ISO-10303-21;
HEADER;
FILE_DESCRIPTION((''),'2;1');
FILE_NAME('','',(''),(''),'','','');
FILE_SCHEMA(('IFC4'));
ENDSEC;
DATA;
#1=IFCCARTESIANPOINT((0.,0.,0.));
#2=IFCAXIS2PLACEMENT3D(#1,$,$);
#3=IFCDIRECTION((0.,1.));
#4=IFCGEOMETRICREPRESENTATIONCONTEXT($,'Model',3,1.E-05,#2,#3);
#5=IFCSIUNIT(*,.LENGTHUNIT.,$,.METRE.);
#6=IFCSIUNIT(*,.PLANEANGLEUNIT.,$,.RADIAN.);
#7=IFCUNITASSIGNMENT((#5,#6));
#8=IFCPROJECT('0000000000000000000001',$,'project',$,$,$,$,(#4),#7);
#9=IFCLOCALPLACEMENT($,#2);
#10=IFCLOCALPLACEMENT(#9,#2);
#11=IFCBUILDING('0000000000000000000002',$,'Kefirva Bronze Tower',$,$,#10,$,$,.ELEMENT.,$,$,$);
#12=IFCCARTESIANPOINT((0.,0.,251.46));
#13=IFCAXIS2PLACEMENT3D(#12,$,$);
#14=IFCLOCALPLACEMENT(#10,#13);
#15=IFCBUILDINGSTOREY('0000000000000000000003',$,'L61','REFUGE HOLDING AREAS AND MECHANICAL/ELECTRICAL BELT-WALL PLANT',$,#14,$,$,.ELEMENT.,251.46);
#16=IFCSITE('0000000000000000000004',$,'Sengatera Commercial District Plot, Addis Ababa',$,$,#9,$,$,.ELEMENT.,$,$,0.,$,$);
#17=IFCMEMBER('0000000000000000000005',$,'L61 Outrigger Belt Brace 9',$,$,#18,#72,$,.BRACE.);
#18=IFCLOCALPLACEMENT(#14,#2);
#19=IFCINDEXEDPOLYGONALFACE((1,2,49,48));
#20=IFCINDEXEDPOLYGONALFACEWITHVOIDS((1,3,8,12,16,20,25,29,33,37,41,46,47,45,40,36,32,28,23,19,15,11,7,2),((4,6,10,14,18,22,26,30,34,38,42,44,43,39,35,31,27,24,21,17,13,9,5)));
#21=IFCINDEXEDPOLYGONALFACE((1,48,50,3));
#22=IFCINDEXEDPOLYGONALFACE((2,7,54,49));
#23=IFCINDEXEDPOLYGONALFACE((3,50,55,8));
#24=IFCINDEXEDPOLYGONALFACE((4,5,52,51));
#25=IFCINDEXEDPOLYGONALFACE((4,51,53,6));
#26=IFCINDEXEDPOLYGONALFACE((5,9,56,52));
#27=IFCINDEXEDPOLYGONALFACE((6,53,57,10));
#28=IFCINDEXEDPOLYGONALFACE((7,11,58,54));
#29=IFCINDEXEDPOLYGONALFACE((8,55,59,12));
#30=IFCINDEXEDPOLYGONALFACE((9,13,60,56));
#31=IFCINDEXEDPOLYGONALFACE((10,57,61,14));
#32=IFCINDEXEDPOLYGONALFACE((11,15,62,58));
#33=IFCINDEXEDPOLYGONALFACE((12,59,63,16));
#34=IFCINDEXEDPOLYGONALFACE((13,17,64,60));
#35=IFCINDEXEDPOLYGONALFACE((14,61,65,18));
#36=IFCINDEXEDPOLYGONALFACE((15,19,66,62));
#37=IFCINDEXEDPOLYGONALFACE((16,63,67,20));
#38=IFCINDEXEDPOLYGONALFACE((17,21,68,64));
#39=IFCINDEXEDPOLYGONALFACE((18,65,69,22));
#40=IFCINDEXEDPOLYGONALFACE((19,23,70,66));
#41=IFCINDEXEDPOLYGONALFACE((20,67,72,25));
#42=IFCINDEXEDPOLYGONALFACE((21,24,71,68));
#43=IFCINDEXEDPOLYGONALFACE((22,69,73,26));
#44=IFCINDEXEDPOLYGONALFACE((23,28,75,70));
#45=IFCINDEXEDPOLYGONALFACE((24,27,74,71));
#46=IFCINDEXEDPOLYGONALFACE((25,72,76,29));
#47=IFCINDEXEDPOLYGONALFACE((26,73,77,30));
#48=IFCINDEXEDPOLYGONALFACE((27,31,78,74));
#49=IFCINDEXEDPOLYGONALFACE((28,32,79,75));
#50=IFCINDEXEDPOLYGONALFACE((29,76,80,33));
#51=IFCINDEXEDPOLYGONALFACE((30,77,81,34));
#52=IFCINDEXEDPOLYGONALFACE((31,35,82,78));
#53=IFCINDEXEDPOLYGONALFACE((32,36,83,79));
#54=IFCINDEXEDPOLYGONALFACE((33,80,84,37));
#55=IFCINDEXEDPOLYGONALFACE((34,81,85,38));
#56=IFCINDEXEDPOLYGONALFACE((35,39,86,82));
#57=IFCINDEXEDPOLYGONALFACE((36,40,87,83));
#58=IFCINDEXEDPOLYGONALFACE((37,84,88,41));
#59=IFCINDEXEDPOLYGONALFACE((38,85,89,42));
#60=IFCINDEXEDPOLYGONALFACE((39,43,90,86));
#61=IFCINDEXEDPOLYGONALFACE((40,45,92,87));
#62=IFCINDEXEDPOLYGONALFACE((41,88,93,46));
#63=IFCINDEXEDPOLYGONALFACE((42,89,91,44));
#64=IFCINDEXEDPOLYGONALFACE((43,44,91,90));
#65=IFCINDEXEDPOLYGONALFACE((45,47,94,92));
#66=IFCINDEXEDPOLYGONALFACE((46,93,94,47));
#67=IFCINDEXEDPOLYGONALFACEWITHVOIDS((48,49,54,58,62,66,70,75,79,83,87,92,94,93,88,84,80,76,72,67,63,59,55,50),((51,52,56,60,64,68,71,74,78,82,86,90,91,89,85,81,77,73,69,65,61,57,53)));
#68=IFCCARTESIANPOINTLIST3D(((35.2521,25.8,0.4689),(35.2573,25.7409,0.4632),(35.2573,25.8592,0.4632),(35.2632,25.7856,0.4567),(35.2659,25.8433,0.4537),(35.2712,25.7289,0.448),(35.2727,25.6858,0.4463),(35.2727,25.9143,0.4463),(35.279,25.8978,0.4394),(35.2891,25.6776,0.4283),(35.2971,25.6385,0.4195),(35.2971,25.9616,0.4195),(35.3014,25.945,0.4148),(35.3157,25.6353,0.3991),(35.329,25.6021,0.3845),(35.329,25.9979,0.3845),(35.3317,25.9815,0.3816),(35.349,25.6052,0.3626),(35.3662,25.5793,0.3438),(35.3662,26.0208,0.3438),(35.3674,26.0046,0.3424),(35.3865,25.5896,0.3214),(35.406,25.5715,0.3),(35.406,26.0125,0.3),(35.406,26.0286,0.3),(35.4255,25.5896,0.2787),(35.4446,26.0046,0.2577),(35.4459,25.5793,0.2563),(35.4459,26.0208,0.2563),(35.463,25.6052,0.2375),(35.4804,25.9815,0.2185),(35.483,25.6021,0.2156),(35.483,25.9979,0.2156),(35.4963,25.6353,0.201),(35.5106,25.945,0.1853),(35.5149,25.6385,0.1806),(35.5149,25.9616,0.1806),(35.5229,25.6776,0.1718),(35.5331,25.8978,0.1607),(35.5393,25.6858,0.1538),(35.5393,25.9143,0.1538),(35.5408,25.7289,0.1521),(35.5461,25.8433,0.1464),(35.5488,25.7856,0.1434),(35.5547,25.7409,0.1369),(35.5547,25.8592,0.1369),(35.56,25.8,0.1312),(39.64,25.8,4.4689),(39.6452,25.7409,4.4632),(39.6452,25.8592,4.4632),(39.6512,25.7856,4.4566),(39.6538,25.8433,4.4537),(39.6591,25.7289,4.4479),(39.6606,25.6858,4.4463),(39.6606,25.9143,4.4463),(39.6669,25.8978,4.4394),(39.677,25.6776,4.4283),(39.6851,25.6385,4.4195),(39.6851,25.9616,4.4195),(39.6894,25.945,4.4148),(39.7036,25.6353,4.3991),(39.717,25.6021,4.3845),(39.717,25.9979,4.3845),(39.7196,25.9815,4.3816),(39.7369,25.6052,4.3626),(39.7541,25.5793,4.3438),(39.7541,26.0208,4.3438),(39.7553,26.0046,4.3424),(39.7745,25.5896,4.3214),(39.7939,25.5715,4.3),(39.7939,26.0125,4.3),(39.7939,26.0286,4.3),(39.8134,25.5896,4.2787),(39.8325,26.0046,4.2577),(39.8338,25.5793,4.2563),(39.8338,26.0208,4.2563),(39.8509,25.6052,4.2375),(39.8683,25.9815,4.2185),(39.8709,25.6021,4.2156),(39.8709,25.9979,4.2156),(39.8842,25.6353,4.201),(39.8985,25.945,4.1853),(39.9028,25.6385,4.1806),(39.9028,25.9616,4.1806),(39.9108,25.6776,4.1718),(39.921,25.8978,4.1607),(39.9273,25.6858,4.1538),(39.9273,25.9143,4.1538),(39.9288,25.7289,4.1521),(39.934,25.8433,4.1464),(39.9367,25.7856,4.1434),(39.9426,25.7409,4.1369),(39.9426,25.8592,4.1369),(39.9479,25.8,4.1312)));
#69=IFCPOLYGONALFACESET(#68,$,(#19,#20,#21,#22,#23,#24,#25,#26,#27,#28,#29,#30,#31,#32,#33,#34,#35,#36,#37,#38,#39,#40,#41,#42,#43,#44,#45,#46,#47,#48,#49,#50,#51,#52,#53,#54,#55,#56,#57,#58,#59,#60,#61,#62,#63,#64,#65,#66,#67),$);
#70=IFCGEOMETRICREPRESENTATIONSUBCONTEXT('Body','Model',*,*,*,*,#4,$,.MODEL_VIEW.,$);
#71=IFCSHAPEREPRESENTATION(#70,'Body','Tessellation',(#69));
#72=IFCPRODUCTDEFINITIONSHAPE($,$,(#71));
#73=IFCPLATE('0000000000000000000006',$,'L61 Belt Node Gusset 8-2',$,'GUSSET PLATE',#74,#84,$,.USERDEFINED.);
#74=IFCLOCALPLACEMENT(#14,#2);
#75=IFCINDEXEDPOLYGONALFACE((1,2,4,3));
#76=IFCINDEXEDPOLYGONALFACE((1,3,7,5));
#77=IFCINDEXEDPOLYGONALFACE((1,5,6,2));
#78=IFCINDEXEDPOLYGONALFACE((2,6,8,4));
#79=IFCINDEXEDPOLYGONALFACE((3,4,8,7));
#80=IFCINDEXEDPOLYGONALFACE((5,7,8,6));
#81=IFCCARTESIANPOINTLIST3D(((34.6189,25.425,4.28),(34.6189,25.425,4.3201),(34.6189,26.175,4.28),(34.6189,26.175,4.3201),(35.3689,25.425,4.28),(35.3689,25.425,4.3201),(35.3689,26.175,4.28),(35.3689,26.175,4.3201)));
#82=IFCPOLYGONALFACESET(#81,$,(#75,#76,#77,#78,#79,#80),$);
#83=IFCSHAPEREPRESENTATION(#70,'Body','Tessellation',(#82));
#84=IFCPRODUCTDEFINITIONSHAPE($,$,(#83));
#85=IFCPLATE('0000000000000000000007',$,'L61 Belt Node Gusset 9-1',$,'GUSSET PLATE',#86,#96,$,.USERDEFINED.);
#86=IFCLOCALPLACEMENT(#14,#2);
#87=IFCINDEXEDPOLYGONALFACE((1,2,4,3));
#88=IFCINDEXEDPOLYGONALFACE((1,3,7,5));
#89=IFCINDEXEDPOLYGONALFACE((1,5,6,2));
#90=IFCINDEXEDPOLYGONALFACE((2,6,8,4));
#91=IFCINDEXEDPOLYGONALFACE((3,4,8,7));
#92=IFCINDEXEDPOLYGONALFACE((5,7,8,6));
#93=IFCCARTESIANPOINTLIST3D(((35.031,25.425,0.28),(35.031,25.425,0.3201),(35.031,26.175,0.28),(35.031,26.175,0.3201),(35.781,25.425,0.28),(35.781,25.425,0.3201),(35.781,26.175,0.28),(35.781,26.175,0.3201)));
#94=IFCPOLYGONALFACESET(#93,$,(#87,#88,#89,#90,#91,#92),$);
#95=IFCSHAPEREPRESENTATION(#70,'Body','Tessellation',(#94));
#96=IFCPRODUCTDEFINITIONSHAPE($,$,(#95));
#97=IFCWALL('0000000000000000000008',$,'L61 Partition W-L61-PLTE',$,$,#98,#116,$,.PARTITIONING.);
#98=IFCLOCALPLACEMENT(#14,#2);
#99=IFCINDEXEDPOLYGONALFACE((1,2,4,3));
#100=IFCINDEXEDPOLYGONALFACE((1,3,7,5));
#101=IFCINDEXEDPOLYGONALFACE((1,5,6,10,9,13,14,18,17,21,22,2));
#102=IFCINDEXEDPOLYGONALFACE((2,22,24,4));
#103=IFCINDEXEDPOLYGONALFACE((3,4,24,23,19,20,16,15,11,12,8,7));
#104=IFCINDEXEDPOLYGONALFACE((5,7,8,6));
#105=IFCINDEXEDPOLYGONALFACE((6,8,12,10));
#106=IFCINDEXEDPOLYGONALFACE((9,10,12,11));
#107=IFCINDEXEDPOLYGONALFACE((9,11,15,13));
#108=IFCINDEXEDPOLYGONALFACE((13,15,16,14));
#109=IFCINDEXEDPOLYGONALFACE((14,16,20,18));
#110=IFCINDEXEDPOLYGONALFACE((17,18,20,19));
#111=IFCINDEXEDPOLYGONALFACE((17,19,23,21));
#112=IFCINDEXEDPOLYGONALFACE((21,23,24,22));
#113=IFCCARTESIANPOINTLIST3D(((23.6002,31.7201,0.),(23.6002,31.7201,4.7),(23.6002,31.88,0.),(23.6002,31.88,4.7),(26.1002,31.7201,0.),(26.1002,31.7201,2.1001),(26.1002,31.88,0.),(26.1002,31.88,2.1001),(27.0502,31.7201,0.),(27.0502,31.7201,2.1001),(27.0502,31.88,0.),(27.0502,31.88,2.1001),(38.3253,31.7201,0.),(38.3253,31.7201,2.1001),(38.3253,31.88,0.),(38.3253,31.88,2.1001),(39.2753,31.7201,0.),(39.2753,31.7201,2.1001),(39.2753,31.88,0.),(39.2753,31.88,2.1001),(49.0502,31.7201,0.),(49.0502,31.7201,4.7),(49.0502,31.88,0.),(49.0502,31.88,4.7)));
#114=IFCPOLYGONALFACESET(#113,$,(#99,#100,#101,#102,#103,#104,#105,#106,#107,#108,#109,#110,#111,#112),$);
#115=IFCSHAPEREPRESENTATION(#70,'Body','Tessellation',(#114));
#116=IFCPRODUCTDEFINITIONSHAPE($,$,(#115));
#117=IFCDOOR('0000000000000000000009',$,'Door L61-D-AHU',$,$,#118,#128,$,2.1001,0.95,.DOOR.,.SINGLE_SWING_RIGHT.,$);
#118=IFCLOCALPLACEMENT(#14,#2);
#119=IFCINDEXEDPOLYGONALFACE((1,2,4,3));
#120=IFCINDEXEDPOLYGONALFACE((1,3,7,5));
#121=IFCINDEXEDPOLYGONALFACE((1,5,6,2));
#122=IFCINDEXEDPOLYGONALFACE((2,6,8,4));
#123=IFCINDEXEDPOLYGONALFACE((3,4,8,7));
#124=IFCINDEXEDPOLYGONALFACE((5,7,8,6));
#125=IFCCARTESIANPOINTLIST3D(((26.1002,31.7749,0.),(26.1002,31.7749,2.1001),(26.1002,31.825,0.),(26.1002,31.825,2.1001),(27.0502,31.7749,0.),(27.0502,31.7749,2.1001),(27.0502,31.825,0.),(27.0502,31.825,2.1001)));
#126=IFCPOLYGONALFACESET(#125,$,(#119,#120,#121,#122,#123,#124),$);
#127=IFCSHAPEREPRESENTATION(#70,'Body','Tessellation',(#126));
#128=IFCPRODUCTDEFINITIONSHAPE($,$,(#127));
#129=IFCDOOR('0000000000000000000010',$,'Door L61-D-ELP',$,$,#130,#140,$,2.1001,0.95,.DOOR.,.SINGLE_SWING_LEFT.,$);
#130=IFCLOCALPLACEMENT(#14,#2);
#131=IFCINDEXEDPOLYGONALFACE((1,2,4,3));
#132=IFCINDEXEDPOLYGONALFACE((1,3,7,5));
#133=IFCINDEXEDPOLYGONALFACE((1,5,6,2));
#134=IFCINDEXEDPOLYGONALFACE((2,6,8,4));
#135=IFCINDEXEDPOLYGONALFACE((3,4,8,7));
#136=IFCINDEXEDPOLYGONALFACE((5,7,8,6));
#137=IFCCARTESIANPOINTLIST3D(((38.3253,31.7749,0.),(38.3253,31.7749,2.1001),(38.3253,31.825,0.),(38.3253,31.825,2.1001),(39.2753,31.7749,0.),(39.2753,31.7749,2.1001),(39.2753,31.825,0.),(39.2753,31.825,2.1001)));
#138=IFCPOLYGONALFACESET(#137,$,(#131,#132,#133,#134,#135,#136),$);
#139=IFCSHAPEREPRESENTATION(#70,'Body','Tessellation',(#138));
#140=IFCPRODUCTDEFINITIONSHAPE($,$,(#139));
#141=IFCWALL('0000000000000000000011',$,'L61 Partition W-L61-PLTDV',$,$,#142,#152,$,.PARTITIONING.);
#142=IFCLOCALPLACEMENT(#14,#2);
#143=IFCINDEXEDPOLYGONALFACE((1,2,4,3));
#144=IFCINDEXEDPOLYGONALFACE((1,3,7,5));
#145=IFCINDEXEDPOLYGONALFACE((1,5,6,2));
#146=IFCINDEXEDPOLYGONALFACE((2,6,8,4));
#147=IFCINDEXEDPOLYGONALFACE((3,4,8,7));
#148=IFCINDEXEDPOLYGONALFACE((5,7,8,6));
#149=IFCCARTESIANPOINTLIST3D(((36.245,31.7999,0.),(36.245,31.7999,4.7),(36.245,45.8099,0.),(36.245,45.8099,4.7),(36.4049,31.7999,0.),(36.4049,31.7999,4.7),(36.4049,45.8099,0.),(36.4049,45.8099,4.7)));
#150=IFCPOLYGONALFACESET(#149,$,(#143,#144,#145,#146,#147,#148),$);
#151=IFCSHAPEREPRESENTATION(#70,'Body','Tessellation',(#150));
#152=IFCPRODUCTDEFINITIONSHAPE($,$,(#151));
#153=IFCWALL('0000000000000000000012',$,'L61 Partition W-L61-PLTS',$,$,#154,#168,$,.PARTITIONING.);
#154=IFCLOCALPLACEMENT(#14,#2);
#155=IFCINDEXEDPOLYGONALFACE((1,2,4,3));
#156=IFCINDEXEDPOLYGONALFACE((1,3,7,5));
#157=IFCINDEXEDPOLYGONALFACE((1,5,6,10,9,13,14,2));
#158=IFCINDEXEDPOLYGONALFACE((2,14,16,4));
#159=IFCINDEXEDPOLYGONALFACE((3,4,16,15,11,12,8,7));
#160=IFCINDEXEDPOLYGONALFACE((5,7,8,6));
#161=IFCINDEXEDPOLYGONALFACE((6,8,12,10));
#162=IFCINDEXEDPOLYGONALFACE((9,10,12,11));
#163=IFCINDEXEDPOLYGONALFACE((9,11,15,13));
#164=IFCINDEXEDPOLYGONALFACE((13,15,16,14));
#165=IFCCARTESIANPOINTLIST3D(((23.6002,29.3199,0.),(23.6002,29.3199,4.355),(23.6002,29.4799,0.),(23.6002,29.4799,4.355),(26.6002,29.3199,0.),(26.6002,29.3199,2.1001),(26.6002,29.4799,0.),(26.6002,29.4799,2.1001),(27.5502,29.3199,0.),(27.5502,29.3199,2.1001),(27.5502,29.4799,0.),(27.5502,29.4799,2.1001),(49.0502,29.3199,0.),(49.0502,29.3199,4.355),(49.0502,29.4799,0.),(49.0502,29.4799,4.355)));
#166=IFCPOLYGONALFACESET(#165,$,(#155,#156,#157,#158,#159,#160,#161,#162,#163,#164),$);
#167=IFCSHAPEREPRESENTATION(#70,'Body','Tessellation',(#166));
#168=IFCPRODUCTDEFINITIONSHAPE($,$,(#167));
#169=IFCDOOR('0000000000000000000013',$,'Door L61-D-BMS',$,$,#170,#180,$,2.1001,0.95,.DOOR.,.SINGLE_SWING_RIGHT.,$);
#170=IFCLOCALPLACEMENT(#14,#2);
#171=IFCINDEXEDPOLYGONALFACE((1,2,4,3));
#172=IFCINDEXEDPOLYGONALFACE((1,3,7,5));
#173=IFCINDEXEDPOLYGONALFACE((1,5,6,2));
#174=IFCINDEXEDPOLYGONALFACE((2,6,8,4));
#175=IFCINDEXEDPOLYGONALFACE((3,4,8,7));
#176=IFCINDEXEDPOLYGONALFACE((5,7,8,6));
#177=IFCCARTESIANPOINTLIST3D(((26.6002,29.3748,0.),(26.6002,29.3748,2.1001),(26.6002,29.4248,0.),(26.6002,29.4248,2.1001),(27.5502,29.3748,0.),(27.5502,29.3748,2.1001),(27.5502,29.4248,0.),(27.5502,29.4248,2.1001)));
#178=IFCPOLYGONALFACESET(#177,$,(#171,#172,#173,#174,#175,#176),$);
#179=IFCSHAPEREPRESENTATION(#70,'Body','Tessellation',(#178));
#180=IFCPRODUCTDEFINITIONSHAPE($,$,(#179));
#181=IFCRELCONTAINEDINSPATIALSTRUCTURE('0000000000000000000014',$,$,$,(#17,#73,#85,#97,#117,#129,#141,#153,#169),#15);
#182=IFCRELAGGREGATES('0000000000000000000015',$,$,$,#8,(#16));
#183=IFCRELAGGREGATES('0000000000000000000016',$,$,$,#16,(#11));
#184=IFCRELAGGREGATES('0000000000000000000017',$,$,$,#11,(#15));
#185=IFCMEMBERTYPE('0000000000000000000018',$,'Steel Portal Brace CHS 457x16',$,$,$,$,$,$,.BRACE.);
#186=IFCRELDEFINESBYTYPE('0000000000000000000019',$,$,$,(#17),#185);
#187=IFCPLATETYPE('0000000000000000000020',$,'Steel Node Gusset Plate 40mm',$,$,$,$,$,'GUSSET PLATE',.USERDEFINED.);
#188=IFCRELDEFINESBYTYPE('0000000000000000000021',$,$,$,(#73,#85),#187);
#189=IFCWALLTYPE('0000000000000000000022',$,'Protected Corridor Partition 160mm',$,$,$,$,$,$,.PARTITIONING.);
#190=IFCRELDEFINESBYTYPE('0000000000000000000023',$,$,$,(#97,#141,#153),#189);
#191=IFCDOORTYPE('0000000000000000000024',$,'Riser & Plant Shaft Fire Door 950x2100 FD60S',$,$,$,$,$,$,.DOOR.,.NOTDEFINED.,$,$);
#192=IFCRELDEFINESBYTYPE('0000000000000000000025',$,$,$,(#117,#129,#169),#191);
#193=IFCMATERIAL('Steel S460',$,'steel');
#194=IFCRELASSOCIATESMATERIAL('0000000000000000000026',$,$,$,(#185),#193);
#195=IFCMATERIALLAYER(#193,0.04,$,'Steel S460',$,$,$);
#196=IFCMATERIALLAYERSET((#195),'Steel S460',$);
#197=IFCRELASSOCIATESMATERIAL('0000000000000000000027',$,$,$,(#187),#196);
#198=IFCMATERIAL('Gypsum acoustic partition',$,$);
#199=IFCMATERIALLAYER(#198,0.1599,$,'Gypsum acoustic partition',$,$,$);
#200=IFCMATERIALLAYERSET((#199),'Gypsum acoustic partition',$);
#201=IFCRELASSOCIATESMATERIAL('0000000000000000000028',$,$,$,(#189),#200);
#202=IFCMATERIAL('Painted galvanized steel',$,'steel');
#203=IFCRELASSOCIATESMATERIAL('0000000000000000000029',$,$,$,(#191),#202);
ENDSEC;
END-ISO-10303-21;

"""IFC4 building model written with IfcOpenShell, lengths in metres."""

from ifc_helpers import new_model, si_unit, direction, frame, frame_2d, origin, origin_2d, place, context, subcontext, project, spatial, rectangle, hollow_circle, extrude, material, layer, layer_set, material_profile, profile_set, type_object, element, fill, save


model = new_model("IFC4")

# Units and contexts
model_context = context("Model", 3, precision=1e-05, world=origin(), true_north=direction((0.0, 1.0)))
body_context = subcontext(model_context, "Body", "Model", "MODEL_VIEW")
ifc_project = project(units=[si_unit("LENGTHUNIT", "METRE"), si_unit("PLANEANGLEUNIT", "RADIAN")], contexts=[model_context])

# Site, building, storey
site_placement = place(None, origin())
site = spatial("IfcSite", under=ifc_project, at=site_placement, Name="Sengatera Commercial District Plot, Addis Ababa", CompositionType="ELEMENT", RefElevation=0.0)
building_placement = place(site_placement, origin())
building = spatial("IfcBuilding", under=site, at=building_placement, Name="Kefirva Bronze Tower", CompositionType="ELEMENT")
storey_placement = place(building_placement, frame((0.0, 0.0, 251.46)))
storey = spatial("IfcBuildingStorey", under=building, at=storey_placement, Name="L61", Description="REFUGE HOLDING AREAS AND MECHANICAL/ELECTRICAL BELT-WALL PLANT", CompositionType="ELEMENT", Elevation=251.46)

# Shared definitions
ifc_material_1 = material(Name="Steel S460", Category="steel")

# Member
ifc_material_profile_1 = material_profile(ifc_material_1, hollow_circle(Radius=0.2285, WallThickness=0.0161, at=origin_2d()), Name="CHS 457x16")
ifc_profile_set_1 = profile_set([ifc_material_profile_1], Name="Steel S460")
member_type = type_object("IfcMemberType", Name="Steel Portal Brace CHS 457x16", PredefinedType="BRACE", material=ifc_profile_set_1)
member_placement = place(storey_placement, frame((35.406, 25.8, 0.3), z_axis=(0.73902, 0.0, 0.673683), x_axis=(0.0, 1.0, 0.0)))
element("IfcMember", 1, at=member_placement, inside=storey, type_object=member_type, Name="L61 Outrigger Belt Brace 9", PredefinedType="BRACE", context=body_context, shape_type="SweptSolid", body=[
    extrude(hollow_circle(Radius=0.2285, WallThickness=0.0161, at=origin_2d()), origin(), (0.0, 0.0, 1.0), 5.9375),
])

# Plates
ifc_layer_1 = layer(ifc_material_1, 0.04, Name="Steel S460")
ifc_layer_set_1 = layer_set([ifc_layer_1], Name="Steel S460")
plate_type = type_object("IfcPlateType", Name="Steel Node Gusset Plate 40mm", ElementType="GUSSET PLATE", PredefinedType="USERDEFINED", material=ifc_layer_set_1)
for number, where, z_axis, x_axis, name in (
    (2, (34.9939, 25.8, 4.28), (0.0, 0.0, 1.0), (1.0, 0.0, 0.0), "L61 Belt Node Gusset 8-2"),
    (3, (35.406, 25.8, 0.28), (0.0, 0.0, 1.0), (1.0, 0.0, 0.0), "L61 Belt Node Gusset 9-1"),
):
    element("IfcPlate", number, at=place(storey_placement, frame(where, z_axis=z_axis, x_axis=x_axis)), inside=storey, type_object=plate_type, Name=name, ObjectType="GUSSET PLATE", PredefinedType="USERDEFINED", context=body_context, shape_type="SweptSolid", body=[
        extrude(rectangle(XDim=0.75, YDim=0.75, at=origin_2d()), origin(), (0.0, 0.0, 1.0), 0.04),
    ])

# Wall, openings, doors
ifc_material_2 = material(Name="Gypsum acoustic partition")
ifc_layer_2 = layer(ifc_material_2, 0.1599, Name="Gypsum acoustic partition")
ifc_layer_set_2 = layer_set([ifc_layer_2], Name="Gypsum acoustic partition")
wall_type_1 = type_object("IfcWallType", Name="Protected Corridor Partition 160mm", PredefinedType="PARTITIONING", material=ifc_layer_set_2)
wall_1_placement = place(storey_placement, frame((23.6001, 31.8, 0.0), z_axis=(0.0, 0.0, 1.0), x_axis=(1.0, 0.0, 0.0)))
wall_1 = element("IfcWall", 4, at=wall_1_placement, inside=storey, type_object=wall_type_1, Name="L61 Partition W-L61-PLTE", PredefinedType="PARTITIONING", context=body_context, shape_type="SweptSolid", body=[
    extrude(rectangle(XDim=25.45, YDim=0.1599, at=frame_2d((12.7251, 0.0))), origin(), (0.0, 0.0, 1.0), 4.7),
])
opening_1_placement = place(wall_1_placement, frame((2.5, 0.0, 0.0)))
opening_1 = element("IfcOpeningElement", 5, at=opening_1_placement, cuts=wall_1, PredefinedType="OPENING", context=body_context, shape_type="SweptSolid", body=[
    extrude(rectangle(XDim=0.95, YDim=2.1001, at=frame_2d((0.4751, 1.05))), frame((0.0, 0.0898, 0.0), z_axis=(0.0, -1.0, 0.0), x_axis=(1.0, 0.0, 0.0)), (0.0, 0.0, 1.0), 0.1799),
])
opening_2_placement = place(wall_1_placement, frame((14.7251, 0.0, 0.0)))
opening_2 = element("IfcOpeningElement", 6, at=opening_2_placement, cuts=wall_1, PredefinedType="OPENING", context=body_context, shape_type="SweptSolid", body=[
    extrude(rectangle(XDim=0.95, YDim=2.1001, at=frame_2d((0.4751, 1.05))), frame((0.0, 0.0898, 0.0), z_axis=(0.0, -1.0, 0.0), x_axis=(1.0, 0.0, 0.0)), (0.0, 0.0, 1.0), 0.1799),
])
ifc_material_3 = material(Name="Painted galvanized steel", Category="steel")
door_type = type_object("IfcDoorType", Name="Riser & Plant Shaft Fire Door 950x2100 FD60S", OperationType="NOTDEFINED", PredefinedType="DOOR", material=ifc_material_3)
door_1_placement = place(opening_1_placement, origin())
door_1 = element("IfcDoor", 7, at=door_1_placement, inside=storey, type_object=door_type, Name="Door L61-D-AHU", OperationType="SINGLE_SWING_RIGHT", OverallHeight=2.1001, OverallWidth=0.95, PredefinedType="DOOR", context=body_context, shape_type="SweptSolid", body=[
    extrude(rectangle(XDim=0.95, YDim=2.1001, at=frame_2d((0.4751, 1.05))), frame((0.0, 0.0249, 0.0), z_axis=(0.0, -1.0, 0.0), x_axis=(1.0, 0.0, 0.0)), (0.0, 0.0, 1.0), 0.05),
])
fill(opening_1, door_1)
door_2_placement = place(opening_2_placement, origin())
door_2 = element("IfcDoor", 8, at=door_2_placement, inside=storey, type_object=door_type, Name="Door L61-D-ELP", OperationType="SINGLE_SWING_LEFT", OverallHeight=2.1001, OverallWidth=0.95, PredefinedType="DOOR", context=body_context, shape_type="SweptSolid", body=[
    extrude(rectangle(XDim=0.95, YDim=2.1001, at=frame_2d((0.4751, 1.05))), frame((0.0, 0.0249, 0.0), z_axis=(0.0, -1.0, 0.0), x_axis=(1.0, 0.0, 0.0)), (0.0, 0.0, 1.0), 0.05),
])
fill(opening_2, door_2)

# Wall
wall_2_placement = place(storey_placement, frame((36.325, 31.8, 0.0), z_axis=(0.0, 0.0, 1.0), x_axis=(0.0, 1.0, 0.0)))
element("IfcWall", 9, at=wall_2_placement, inside=storey, type_object=wall_type_1, Name="L61 Partition W-L61-PLTDV", PredefinedType="PARTITIONING", context=body_context, shape_type="SweptSolid", body=[
    extrude(rectangle(XDim=14.01, YDim=0.1599, at=frame_2d((7.0049, 0.0))), origin(), (0.0, 0.0, 1.0), 4.7),
])

# Wall, opening, door
wall_3_placement = place(storey_placement, frame((23.6001, 29.3999, 0.0), z_axis=(0.0, 0.0, 1.0), x_axis=(1.0, 0.0, 0.0)))
wall_3 = element("IfcWall", 10, at=wall_3_placement, inside=storey, type_object=wall_type_1, Name="L61 Partition W-L61-PLTS", PredefinedType="PARTITIONING", context=body_context, shape_type="SweptSolid", body=[
    extrude(rectangle(XDim=25.45, YDim=0.1599, at=frame_2d((12.7251, 0.0))), origin(), (0.0, 0.0, 1.0), 4.355),
])
opening_3_placement = place(wall_3_placement, frame((3.0, 0.0, 0.0)))
opening_3 = element("IfcOpeningElement", 11, at=opening_3_placement, cuts=wall_3, PredefinedType="OPENING", context=body_context, shape_type="SweptSolid", body=[
    extrude(rectangle(XDim=0.95, YDim=2.1001, at=frame_2d((0.4751, 1.05))), frame((0.0, 0.0898, 0.0), z_axis=(0.0, -1.0, 0.0), x_axis=(1.0, 0.0, 0.0)), (0.0, 0.0, 1.0), 0.1799),
])
door_3_placement = place(opening_3_placement, origin())
door_3 = element("IfcDoor", 12, at=door_3_placement, inside=storey, type_object=door_type, Name="Door L61-D-BMS", OperationType="SINGLE_SWING_RIGHT", OverallHeight=2.1001, OverallWidth=0.95, PredefinedType="DOOR", context=body_context, shape_type="SweptSolid", body=[
    extrude(rectangle(XDim=0.95, YDim=2.1001, at=frame_2d((0.4751, 1.05))), frame((0.0, 0.0249, 0.0), z_axis=(0.0, -1.0, 0.0), x_axis=(1.0, 0.0, 0.0)), (0.0, 0.0, 1.0), 0.05),
])
fill(opening_3, door_3)

save(model, "model.ifc")
